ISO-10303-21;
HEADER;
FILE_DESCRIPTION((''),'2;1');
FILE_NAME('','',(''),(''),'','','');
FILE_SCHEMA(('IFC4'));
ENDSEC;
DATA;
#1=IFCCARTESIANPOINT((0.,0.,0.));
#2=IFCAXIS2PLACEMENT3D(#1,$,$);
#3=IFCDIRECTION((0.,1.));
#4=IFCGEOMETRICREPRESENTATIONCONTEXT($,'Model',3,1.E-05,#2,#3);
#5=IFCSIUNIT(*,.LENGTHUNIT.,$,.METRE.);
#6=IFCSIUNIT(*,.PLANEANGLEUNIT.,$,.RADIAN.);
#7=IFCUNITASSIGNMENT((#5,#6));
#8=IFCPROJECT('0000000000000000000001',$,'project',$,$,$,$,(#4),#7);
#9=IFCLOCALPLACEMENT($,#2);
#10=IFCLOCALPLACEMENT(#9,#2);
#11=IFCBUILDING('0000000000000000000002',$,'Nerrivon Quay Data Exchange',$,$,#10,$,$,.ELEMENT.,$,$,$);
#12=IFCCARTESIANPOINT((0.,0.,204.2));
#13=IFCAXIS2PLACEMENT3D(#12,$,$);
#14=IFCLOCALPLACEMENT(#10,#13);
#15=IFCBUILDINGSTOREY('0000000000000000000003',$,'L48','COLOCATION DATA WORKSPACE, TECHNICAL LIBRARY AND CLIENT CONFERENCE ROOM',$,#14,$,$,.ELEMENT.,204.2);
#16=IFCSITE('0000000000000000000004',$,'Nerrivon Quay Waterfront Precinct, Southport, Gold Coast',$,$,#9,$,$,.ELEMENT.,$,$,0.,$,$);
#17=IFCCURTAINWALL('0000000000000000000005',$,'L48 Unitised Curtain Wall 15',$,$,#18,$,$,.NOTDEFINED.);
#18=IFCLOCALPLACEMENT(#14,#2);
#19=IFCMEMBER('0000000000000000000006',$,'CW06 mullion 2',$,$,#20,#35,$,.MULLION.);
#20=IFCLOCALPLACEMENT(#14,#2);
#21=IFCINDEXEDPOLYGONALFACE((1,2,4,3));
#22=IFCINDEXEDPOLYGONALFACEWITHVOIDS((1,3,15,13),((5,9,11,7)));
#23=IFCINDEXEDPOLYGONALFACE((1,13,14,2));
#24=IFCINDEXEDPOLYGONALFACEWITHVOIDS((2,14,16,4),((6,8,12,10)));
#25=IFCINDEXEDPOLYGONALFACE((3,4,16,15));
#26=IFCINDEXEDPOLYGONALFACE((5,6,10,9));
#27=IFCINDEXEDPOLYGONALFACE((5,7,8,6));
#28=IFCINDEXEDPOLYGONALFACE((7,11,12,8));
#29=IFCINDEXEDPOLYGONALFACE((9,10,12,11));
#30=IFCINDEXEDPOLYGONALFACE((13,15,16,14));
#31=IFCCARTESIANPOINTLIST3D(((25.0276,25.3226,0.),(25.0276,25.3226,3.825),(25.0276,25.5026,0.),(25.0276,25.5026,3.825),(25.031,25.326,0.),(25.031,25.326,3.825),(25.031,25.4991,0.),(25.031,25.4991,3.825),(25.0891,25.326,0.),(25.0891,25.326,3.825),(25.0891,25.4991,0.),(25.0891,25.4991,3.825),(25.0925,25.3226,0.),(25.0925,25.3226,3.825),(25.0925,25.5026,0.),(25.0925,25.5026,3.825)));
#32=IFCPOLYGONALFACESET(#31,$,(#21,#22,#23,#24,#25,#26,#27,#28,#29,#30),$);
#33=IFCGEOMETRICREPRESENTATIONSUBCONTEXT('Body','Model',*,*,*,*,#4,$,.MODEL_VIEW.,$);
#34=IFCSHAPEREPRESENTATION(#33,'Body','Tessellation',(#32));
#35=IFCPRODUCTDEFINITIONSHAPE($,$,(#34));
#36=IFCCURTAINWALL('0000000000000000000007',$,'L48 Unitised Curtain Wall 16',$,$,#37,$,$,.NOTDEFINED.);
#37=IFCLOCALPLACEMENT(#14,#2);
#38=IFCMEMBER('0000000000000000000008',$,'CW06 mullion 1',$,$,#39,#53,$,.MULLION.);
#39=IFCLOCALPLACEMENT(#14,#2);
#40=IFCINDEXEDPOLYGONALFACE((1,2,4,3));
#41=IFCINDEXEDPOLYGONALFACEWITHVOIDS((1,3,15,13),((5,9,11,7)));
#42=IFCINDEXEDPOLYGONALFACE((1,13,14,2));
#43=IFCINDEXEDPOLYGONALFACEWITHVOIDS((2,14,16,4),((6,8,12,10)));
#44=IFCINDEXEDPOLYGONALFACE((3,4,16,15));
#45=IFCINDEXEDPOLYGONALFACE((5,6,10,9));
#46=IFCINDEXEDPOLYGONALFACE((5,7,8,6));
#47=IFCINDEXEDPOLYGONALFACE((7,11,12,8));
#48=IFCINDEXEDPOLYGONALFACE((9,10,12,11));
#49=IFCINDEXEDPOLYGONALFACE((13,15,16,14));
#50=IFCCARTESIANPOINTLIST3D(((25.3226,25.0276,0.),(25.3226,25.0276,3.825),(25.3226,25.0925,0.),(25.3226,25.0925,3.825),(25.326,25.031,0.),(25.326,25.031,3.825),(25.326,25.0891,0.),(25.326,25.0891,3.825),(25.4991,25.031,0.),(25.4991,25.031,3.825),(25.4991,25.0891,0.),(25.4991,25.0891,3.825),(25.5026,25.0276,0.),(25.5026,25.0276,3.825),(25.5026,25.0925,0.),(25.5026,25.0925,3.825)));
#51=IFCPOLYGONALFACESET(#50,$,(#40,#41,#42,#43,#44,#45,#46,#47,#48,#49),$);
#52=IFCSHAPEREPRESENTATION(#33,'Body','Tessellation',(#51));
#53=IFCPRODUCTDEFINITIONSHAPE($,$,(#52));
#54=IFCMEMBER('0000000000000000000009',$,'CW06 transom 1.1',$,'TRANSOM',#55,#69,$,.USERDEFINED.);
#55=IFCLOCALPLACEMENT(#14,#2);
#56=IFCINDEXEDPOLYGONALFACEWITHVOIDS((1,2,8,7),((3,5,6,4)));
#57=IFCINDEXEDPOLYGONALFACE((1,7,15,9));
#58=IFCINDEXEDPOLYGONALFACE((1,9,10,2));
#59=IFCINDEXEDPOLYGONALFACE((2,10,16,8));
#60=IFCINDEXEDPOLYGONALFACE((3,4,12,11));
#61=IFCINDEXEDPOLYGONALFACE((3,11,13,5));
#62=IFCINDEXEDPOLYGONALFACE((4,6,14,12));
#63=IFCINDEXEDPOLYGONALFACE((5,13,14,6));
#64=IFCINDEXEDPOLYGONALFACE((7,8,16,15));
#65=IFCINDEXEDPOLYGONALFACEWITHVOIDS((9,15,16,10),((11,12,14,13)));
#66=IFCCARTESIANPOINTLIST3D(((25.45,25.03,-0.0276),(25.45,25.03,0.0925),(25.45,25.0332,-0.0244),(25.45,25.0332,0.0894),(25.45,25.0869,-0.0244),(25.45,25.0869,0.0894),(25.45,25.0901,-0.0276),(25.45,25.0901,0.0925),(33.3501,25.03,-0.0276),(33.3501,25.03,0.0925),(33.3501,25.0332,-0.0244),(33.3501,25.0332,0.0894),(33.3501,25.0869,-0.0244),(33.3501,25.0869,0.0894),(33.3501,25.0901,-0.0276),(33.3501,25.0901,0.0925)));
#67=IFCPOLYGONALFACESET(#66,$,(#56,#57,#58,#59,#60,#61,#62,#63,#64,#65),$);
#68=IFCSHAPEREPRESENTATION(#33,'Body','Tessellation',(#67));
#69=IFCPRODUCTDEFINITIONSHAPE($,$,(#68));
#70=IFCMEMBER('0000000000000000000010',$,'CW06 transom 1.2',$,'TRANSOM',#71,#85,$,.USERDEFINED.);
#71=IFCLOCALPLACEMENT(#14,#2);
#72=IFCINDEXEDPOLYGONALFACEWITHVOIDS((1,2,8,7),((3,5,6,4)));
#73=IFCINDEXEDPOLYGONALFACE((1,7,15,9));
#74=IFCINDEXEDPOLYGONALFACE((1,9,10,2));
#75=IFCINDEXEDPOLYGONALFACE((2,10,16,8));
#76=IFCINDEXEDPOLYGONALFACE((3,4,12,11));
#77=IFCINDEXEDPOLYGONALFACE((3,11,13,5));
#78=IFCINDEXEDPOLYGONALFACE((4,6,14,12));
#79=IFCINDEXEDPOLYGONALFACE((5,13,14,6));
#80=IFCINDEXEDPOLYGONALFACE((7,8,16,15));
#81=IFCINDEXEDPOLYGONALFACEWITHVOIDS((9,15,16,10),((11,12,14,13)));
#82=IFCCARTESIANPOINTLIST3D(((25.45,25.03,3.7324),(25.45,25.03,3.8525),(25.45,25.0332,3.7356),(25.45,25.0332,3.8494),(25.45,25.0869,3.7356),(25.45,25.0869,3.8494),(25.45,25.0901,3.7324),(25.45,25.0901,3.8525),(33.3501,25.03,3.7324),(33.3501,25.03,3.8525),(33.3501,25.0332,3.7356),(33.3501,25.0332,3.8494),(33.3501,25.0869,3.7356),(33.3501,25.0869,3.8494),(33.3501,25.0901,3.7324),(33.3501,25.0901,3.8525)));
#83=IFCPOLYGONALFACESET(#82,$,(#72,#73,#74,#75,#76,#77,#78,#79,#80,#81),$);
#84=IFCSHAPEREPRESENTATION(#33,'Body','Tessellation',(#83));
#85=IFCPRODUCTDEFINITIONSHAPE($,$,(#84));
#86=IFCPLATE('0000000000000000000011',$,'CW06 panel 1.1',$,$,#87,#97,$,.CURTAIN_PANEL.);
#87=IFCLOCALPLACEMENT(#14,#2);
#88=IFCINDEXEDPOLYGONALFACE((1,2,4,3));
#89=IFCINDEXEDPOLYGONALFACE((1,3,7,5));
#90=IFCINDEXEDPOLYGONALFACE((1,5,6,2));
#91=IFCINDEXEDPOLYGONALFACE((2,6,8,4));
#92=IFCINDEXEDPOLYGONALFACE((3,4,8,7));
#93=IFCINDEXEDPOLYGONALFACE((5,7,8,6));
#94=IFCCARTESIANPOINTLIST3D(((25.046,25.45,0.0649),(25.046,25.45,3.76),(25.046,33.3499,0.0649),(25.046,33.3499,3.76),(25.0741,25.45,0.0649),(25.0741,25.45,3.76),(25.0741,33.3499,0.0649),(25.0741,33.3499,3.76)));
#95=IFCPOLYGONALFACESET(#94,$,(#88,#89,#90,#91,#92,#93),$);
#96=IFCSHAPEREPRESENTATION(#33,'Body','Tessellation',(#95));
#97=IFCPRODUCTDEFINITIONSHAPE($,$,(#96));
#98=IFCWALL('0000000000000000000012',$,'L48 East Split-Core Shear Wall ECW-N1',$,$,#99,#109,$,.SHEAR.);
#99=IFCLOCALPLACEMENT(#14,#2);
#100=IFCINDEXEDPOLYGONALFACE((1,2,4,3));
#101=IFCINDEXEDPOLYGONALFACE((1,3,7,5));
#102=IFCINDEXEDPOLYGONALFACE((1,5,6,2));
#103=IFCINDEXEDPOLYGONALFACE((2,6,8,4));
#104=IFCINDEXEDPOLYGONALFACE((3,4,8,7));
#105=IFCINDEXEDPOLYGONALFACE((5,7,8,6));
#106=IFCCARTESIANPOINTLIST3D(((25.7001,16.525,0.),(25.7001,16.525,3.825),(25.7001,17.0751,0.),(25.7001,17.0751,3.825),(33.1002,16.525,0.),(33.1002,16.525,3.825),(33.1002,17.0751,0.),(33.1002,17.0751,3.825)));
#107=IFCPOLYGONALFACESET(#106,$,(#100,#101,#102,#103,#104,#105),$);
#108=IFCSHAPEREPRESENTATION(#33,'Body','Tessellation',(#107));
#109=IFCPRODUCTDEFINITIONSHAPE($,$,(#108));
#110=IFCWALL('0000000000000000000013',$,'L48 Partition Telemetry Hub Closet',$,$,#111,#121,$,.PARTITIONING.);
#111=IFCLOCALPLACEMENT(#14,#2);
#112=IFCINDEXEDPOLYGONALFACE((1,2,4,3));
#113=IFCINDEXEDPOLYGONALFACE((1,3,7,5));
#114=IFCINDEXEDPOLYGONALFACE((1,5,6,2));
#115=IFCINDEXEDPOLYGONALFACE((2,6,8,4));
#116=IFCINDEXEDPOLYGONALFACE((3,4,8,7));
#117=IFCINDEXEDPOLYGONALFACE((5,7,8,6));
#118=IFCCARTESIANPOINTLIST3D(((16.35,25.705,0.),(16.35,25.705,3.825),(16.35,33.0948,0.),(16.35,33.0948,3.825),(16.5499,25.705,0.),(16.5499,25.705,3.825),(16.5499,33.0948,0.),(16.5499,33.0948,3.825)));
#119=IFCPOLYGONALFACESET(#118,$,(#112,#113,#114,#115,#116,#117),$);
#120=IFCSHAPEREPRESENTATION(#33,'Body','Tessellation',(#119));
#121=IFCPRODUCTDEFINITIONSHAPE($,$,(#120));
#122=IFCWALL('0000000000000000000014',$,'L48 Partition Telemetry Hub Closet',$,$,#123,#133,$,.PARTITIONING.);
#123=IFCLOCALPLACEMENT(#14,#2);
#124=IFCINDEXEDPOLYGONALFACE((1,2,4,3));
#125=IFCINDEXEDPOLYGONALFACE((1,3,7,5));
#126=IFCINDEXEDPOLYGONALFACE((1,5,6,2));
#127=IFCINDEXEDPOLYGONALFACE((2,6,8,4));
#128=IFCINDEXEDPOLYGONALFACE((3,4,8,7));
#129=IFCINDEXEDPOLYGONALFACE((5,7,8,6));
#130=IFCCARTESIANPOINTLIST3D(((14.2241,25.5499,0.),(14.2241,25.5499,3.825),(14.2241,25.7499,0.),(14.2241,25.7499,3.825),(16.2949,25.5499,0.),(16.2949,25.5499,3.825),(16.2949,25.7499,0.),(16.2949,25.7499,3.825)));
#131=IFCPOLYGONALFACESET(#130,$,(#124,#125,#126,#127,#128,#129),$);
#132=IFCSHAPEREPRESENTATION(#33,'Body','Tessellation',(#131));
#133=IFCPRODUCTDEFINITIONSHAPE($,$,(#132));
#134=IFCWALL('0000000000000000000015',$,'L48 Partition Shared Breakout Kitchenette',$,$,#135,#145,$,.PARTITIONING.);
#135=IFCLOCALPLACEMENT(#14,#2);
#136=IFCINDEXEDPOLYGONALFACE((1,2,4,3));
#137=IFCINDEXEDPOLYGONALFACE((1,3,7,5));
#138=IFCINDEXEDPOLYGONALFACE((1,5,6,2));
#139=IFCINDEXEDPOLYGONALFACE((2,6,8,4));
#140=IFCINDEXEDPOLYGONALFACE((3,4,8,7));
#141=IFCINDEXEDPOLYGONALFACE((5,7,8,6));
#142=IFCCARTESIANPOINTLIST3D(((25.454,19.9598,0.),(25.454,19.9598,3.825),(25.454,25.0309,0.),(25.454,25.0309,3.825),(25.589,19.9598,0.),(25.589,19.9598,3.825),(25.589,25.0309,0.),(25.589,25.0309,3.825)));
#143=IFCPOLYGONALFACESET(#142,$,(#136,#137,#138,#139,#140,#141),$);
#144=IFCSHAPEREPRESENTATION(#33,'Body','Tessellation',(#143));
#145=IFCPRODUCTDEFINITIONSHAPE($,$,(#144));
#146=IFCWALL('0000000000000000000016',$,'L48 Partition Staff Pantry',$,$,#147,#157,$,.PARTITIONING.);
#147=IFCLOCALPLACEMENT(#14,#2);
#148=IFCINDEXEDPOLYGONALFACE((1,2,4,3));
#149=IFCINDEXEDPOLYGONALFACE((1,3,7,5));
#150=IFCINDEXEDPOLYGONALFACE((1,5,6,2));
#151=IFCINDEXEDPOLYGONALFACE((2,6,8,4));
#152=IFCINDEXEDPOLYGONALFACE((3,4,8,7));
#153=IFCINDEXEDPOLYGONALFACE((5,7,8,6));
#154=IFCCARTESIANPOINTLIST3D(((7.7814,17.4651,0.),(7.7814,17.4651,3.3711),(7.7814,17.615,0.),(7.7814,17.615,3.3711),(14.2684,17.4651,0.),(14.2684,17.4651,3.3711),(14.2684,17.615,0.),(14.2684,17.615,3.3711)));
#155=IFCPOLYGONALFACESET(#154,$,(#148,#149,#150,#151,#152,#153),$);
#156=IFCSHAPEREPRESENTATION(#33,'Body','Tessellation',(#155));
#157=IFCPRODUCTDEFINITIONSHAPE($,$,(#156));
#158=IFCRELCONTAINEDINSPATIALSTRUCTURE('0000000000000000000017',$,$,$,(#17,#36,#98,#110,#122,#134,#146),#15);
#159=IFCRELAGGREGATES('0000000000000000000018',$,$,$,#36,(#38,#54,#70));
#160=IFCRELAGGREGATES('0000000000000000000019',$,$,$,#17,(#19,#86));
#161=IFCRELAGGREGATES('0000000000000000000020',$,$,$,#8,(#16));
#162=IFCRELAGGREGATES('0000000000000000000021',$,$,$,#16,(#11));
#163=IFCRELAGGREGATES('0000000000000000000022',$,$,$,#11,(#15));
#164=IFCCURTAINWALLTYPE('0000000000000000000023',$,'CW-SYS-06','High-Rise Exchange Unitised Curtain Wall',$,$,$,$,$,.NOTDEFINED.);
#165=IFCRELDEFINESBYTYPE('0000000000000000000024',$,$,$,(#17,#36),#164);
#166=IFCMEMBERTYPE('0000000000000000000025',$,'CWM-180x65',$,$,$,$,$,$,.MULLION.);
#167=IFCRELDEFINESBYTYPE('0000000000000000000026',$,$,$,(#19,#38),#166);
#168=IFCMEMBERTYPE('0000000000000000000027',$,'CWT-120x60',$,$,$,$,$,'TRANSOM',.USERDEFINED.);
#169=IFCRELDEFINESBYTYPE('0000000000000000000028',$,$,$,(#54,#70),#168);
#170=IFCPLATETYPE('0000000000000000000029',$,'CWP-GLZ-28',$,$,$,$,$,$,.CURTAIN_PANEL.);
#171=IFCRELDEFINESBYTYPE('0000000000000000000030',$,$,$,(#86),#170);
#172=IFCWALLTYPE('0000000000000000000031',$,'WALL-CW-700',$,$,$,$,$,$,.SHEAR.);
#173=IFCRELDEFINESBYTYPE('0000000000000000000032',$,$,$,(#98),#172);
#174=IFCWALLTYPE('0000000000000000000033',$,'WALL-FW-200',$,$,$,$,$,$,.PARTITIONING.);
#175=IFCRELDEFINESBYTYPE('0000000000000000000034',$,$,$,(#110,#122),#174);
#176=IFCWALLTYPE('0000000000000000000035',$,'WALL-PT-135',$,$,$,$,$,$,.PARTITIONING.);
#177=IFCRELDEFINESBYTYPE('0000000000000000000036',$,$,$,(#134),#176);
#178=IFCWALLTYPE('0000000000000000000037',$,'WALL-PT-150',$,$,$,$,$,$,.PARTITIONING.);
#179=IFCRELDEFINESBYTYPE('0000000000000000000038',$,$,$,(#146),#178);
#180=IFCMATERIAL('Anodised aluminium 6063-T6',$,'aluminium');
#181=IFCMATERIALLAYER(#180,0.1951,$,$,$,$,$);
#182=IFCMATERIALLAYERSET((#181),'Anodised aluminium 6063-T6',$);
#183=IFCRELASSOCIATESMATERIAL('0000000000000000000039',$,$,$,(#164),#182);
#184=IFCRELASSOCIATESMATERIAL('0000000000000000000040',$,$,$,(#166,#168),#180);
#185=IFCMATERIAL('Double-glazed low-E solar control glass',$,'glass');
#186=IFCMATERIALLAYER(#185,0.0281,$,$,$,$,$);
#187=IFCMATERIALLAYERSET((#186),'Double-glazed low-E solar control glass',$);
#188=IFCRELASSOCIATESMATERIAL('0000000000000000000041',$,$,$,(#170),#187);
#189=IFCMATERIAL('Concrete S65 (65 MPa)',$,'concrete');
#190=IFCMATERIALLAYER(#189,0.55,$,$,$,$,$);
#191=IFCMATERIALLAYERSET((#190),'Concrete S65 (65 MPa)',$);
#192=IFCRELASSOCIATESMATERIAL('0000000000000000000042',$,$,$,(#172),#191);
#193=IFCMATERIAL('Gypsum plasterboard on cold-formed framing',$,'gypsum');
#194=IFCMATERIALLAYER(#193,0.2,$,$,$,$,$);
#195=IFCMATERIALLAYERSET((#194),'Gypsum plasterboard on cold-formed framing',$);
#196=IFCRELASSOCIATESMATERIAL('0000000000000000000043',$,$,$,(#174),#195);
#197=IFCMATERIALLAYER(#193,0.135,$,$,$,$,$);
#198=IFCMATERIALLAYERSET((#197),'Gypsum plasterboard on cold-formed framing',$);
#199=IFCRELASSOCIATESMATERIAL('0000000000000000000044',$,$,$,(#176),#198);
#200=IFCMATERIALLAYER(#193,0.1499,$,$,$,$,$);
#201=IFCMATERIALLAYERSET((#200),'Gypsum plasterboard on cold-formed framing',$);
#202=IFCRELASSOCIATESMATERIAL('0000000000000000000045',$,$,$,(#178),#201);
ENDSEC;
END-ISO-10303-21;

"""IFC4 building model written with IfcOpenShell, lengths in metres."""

from ifc_helpers import new_model, si_unit, direction, frame, frame_2d, origin, origin_2d, place, context, subcontext, project, spatial, rectangle, hollow_rectangle, extrude, material, layer, layer_set, material_profile, profile_set, type_object, element, aggregate, save


model = new_model("IFC4")

# Units and contexts
model_context = context("Model", 3, precision=1e-05, world=origin(), true_north=direction((0.0, 1.0)))
body_context = subcontext(model_context, "Body", "Model", "MODEL_VIEW")
ifc_project = project(units=[si_unit("LENGTHUNIT", "METRE"), si_unit("PLANEANGLEUNIT", "RADIAN")], contexts=[model_context])

# Site, building, storey
site_placement = place(None, origin())
site = spatial("IfcSite", under=ifc_project, at=site_placement, Name="Nerrivon Quay Waterfront Precinct, Southport, Gold Coast", CompositionType="ELEMENT", RefElevation=0.0)
building_placement = place(site_placement, origin())
building = spatial("IfcBuilding", under=site, at=building_placement, Name="Nerrivon Quay Data Exchange", CompositionType="ELEMENT")
storey_placement = place(building_placement, frame((0.0, 0.0, 204.2)))
storey = spatial("IfcBuildingStorey", under=building, at=storey_placement, Name="L48", Description="COLOCATION DATA WORKSPACE, TECHNICAL LIBRARY AND CLIENT CONFERENCE ROOM", CompositionType="ELEMENT", Elevation=204.2)

# Shared definitions
ifc_material_1 = material(Name="Concrete S65 (65 MPa)", Category="concrete")

# Curtain wall, member
ifc_material_2 = material(Name="Anodised aluminium 6063-T6", Category="aluminium")
ifc_layer_1 = layer(ifc_material_2, 0.1951)
ifc_layer_set_1 = layer_set([ifc_layer_1], Name="Anodised aluminium 6063-T6")
curtain_wall_type = type_object("IfcCurtainWallType", Name="CW-SYS-06", Description="High-Rise Exchange Unitised Curtain Wall", PredefinedType="NOTDEFINED", material=ifc_layer_set_1)
curtain_wall_1_placement = place(storey_placement, origin())
curtain_wall_1 = element("IfcCurtainWall", 1, at=curtain_wall_1_placement, inside=storey, type_object=curtain_wall_type, Name="L48 Unitised Curtain Wall 15", PredefinedType="NOTDEFINED")
ifc_material_profile_1 = material_profile(ifc_material_2, hollow_rectangle(XDim=0.0649, YDim=0.1799, WallThickness=0.0034, at=origin_2d()), Name="ALU-MULL-180x65")
ifc_profile_set_1 = profile_set([ifc_material_profile_1], Name="Anodised aluminium 6063-T6")
member_type_1 = type_object("IfcMemberType", Name="CWM-180x65", PredefinedType="MULLION", material=ifc_profile_set_1)
member_1_placement = place(storey_placement, frame((25.0601, 25.4126, 0.0), z_axis=(0.0, 0.0, 1.0), x_axis=(1.0, 0.0, 0.0)))
member_1 = element("IfcMember", 2, at=member_1_placement, type_object=member_type_1, Name="CW06 mullion 2", PredefinedType="MULLION", context=body_context, shape_type="SweptSolid", body=[
    extrude(hollow_rectangle(XDim=0.0649, YDim=0.1799, WallThickness=0.0034, at=origin_2d()), origin(), (0.0, 0.0, 1.0), 3.825),
])

# Curtain wall, members
curtain_wall_2_placement = place(storey_placement, origin())
curtain_wall_2 = element("IfcCurtainWall", 3, at=curtain_wall_2_placement, inside=storey, type_object=curtain_wall_type, Name="L48 Unitised Curtain Wall 16", PredefinedType="NOTDEFINED")
member_2_placement = place(storey_placement, frame((25.4126, 25.0601, 0.0), z_axis=(0.0, 0.0, 1.0), x_axis=(0.0, 1.0, 0.0)))
member_2 = element("IfcMember", 4, at=member_2_placement, type_object=member_type_1, Name="CW06 mullion 1", PredefinedType="MULLION", context=body_context, shape_type="SweptSolid", body=[
    extrude(hollow_rectangle(XDim=0.0649, YDim=0.1799, WallThickness=0.0034, at=origin_2d()), origin(), (0.0, 0.0, 1.0), 3.825),
])
ifc_material_profile_2 = material_profile(ifc_material_2, hollow_rectangle(XDim=0.0601, YDim=0.1201, WallThickness=0.0032, at=origin_2d()), Name="ALU-TRAN-120x60")
ifc_profile_set_2 = profile_set([ifc_material_profile_2], Name="Anodised aluminium 6063-T6")
member_type_2 = type_object("IfcMemberType", Name="CWT-120x60", ElementType="TRANSOM", PredefinedType="USERDEFINED", material=ifc_profile_set_2)
member_3_placement = place(storey_placement, frame((25.45, 25.0601, 0.0325), z_axis=(1.0, 0.0, 0.0), x_axis=(0.0, 1.0, 0.0)))
member_3 = element("IfcMember", 5, at=member_3_placement, type_object=member_type_2, Name="CW06 transom 1.1", ObjectType="TRANSOM", PredefinedType="USERDEFINED", context=body_context, shape_type="SweptSolid", body=[
    extrude(hollow_rectangle(XDim=0.0601, YDim=0.1201, WallThickness=0.0032, at=origin_2d()), origin(), (0.0, 0.0, 1.0), 7.9001),
])
member_4_placement = place(storey_placement, frame((25.45, 25.0601, 3.7925), z_axis=(1.0, 0.0, 0.0), x_axis=(0.0, 1.0, 0.0)))
member_4 = element("IfcMember", 6, at=member_4_placement, type_object=member_type_2, Name="CW06 transom 1.2", ObjectType="TRANSOM", PredefinedType="USERDEFINED", context=body_context, shape_type="SweptSolid", body=[
    extrude(hollow_rectangle(XDim=0.0601, YDim=0.1201, WallThickness=0.0032, at=origin_2d()), origin(), (0.0, 0.0, 1.0), 7.9001),
])
aggregate(curtain_wall_2, [member_2, member_3, member_4])

# Plate
ifc_material_3 = material(Name="Double-glazed low-E solar control glass", Category="glass")
ifc_layer_2 = layer(ifc_material_3, 0.0281)
ifc_layer_set_2 = layer_set([ifc_layer_2], Name="Double-glazed low-E solar control glass")
plate_type = type_object("IfcPlateType", Name="CWP-GLZ-28", PredefinedType="CURTAIN_PANEL", material=ifc_layer_set_2)
plate_placement = place(storey_placement, frame((25.0601, 29.3999, 0.0649), z_axis=(0.0, 0.0, 1.0), x_axis=(0.0, -1.0, 0.0)))
plate = element("IfcPlate", 7, at=plate_placement, type_object=plate_type, Name="CW06 panel 1.1", PredefinedType="CURTAIN_PANEL", context=body_context, shape_type="SweptSolid", body=[
    extrude(rectangle(XDim=7.8999, YDim=0.0281, at=origin_2d()), origin(), (0.0, 0.0, 1.0), 3.6951),
])
aggregate(curtain_wall_1, [member_1, plate])

# Walls
ifc_layer_3 = layer(ifc_material_1, 0.55)
ifc_layer_set_3 = layer_set([ifc_layer_3], Name="Concrete S65 (65 MPa)")
wall_type_1 = type_object("IfcWallType", Name="WALL-CW-700", PredefinedType="SHEAR", material=ifc_layer_set_3)
wall_1_placement = place(storey_placement, frame((25.7, 16.8, 0.0), z_axis=(0.0, 0.0, 1.0), x_axis=(1.0, 0.0, 0.0)))
element("IfcWall", 8, at=wall_1_placement, inside=storey, type_object=wall_type_1, Name="L48 East Split-Core Shear Wall ECW-N1", PredefinedType="SHEAR", context=body_context, shape_type="SweptSolid", body=[
    extrude(rectangle(XDim=7.4001, YDim=0.55, at=frame_2d((3.7002, 0.0))), origin(), (0.0, 0.0, 1.0), 3.825),
])
ifc_material_4 = material(Name="Gypsum plasterboard on cold-formed framing", Category="gypsum")
ifc_layer_4 = layer(ifc_material_4, 0.2)
ifc_layer_set_4 = layer_set([ifc_layer_4], Name="Gypsum plasterboard on cold-formed framing")
wall_type_2 = type_object("IfcWallType", Name="WALL-FW-200", PredefinedType="PARTITIONING", material=ifc_layer_set_4)
wall_2_placement = place(storey_placement, frame((16.45, 25.7051, 0.0), z_axis=(0.0, 0.0, 1.0), x_axis=(0.0, 1.0, 0.0)))
element("IfcWall", 9, at=wall_2_placement, inside=storey, type_object=wall_type_2, Name="L48 Partition Telemetry Hub Closet", PredefinedType="PARTITIONING", context=body_context, shape_type="SweptSolid", body=[
    extrude(rectangle(XDim=7.3899, YDim=0.2, at=frame_2d((3.6948, 0.0))), origin(), (0.0, 0.0, 1.0), 3.825),
])
wall_3_placement = place(storey_placement, frame((14.2241, 25.6499, 0.0), z_axis=(0.0, 0.0, 1.0), x_axis=(1.0, 0.0, 0.0)))
element("IfcWall", 10, at=wall_3_placement, inside=storey, type_object=wall_type_2, Name="L48 Partition Telemetry Hub Closet", PredefinedType="PARTITIONING", context=body_context, shape_type="SweptSolid", body=[
    extrude(rectangle(XDim=2.0708, YDim=0.2, at=frame_2d((1.0354, 0.0))), origin(), (0.0, 0.0, 1.0), 3.825),
])
ifc_layer_5 = layer(ifc_material_4, 0.135)
ifc_layer_set_5 = layer_set([ifc_layer_5], Name="Gypsum plasterboard on cold-formed framing")
wall_type_3 = type_object("IfcWallType", Name="WALL-PT-135", PredefinedType="PARTITIONING", material=ifc_layer_set_5)
wall_4_placement = place(storey_placement, frame((25.5215, 25.031, 0.0), z_axis=(0.0, 0.0, 1.0), x_axis=(0.0, -1.0, 0.0)))
element("IfcWall", 11, at=wall_4_placement, inside=storey, type_object=wall_type_3, Name="L48 Partition Shared Breakout Kitchenette", PredefinedType="PARTITIONING", context=body_context, shape_type="SweptSolid", body=[
    extrude(rectangle(XDim=5.071, YDim=0.135, at=frame_2d((2.5356, 0.0))), origin(), (0.0, 0.0, 1.0), 3.825),
])
ifc_layer_6 = layer(ifc_material_4, 0.1499)
ifc_layer_set_6 = layer_set([ifc_layer_6], Name="Gypsum plasterboard on cold-formed framing")
wall_type_4 = type_object("IfcWallType", Name="WALL-PT-150", PredefinedType="PARTITIONING", material=ifc_layer_set_6)
wall_5_placement = place(storey_placement, frame((14.2686, 17.54, 0.0), z_axis=(0.0, 0.0, 1.0), x_axis=(-1.0, 0.0, 0.0)))
element("IfcWall", 12, at=wall_5_placement, inside=storey, type_object=wall_type_4, Name="L48 Partition Staff Pantry", PredefinedType="PARTITIONING", context=body_context, shape_type="SweptSolid", body=[
    extrude(rectangle(XDim=6.4871, YDim=0.1499, at=frame_2d((3.2437, 0.0))), origin(), (0.0, 0.0, 1.0), 3.3711),
])

save(model, "model.ifc")
